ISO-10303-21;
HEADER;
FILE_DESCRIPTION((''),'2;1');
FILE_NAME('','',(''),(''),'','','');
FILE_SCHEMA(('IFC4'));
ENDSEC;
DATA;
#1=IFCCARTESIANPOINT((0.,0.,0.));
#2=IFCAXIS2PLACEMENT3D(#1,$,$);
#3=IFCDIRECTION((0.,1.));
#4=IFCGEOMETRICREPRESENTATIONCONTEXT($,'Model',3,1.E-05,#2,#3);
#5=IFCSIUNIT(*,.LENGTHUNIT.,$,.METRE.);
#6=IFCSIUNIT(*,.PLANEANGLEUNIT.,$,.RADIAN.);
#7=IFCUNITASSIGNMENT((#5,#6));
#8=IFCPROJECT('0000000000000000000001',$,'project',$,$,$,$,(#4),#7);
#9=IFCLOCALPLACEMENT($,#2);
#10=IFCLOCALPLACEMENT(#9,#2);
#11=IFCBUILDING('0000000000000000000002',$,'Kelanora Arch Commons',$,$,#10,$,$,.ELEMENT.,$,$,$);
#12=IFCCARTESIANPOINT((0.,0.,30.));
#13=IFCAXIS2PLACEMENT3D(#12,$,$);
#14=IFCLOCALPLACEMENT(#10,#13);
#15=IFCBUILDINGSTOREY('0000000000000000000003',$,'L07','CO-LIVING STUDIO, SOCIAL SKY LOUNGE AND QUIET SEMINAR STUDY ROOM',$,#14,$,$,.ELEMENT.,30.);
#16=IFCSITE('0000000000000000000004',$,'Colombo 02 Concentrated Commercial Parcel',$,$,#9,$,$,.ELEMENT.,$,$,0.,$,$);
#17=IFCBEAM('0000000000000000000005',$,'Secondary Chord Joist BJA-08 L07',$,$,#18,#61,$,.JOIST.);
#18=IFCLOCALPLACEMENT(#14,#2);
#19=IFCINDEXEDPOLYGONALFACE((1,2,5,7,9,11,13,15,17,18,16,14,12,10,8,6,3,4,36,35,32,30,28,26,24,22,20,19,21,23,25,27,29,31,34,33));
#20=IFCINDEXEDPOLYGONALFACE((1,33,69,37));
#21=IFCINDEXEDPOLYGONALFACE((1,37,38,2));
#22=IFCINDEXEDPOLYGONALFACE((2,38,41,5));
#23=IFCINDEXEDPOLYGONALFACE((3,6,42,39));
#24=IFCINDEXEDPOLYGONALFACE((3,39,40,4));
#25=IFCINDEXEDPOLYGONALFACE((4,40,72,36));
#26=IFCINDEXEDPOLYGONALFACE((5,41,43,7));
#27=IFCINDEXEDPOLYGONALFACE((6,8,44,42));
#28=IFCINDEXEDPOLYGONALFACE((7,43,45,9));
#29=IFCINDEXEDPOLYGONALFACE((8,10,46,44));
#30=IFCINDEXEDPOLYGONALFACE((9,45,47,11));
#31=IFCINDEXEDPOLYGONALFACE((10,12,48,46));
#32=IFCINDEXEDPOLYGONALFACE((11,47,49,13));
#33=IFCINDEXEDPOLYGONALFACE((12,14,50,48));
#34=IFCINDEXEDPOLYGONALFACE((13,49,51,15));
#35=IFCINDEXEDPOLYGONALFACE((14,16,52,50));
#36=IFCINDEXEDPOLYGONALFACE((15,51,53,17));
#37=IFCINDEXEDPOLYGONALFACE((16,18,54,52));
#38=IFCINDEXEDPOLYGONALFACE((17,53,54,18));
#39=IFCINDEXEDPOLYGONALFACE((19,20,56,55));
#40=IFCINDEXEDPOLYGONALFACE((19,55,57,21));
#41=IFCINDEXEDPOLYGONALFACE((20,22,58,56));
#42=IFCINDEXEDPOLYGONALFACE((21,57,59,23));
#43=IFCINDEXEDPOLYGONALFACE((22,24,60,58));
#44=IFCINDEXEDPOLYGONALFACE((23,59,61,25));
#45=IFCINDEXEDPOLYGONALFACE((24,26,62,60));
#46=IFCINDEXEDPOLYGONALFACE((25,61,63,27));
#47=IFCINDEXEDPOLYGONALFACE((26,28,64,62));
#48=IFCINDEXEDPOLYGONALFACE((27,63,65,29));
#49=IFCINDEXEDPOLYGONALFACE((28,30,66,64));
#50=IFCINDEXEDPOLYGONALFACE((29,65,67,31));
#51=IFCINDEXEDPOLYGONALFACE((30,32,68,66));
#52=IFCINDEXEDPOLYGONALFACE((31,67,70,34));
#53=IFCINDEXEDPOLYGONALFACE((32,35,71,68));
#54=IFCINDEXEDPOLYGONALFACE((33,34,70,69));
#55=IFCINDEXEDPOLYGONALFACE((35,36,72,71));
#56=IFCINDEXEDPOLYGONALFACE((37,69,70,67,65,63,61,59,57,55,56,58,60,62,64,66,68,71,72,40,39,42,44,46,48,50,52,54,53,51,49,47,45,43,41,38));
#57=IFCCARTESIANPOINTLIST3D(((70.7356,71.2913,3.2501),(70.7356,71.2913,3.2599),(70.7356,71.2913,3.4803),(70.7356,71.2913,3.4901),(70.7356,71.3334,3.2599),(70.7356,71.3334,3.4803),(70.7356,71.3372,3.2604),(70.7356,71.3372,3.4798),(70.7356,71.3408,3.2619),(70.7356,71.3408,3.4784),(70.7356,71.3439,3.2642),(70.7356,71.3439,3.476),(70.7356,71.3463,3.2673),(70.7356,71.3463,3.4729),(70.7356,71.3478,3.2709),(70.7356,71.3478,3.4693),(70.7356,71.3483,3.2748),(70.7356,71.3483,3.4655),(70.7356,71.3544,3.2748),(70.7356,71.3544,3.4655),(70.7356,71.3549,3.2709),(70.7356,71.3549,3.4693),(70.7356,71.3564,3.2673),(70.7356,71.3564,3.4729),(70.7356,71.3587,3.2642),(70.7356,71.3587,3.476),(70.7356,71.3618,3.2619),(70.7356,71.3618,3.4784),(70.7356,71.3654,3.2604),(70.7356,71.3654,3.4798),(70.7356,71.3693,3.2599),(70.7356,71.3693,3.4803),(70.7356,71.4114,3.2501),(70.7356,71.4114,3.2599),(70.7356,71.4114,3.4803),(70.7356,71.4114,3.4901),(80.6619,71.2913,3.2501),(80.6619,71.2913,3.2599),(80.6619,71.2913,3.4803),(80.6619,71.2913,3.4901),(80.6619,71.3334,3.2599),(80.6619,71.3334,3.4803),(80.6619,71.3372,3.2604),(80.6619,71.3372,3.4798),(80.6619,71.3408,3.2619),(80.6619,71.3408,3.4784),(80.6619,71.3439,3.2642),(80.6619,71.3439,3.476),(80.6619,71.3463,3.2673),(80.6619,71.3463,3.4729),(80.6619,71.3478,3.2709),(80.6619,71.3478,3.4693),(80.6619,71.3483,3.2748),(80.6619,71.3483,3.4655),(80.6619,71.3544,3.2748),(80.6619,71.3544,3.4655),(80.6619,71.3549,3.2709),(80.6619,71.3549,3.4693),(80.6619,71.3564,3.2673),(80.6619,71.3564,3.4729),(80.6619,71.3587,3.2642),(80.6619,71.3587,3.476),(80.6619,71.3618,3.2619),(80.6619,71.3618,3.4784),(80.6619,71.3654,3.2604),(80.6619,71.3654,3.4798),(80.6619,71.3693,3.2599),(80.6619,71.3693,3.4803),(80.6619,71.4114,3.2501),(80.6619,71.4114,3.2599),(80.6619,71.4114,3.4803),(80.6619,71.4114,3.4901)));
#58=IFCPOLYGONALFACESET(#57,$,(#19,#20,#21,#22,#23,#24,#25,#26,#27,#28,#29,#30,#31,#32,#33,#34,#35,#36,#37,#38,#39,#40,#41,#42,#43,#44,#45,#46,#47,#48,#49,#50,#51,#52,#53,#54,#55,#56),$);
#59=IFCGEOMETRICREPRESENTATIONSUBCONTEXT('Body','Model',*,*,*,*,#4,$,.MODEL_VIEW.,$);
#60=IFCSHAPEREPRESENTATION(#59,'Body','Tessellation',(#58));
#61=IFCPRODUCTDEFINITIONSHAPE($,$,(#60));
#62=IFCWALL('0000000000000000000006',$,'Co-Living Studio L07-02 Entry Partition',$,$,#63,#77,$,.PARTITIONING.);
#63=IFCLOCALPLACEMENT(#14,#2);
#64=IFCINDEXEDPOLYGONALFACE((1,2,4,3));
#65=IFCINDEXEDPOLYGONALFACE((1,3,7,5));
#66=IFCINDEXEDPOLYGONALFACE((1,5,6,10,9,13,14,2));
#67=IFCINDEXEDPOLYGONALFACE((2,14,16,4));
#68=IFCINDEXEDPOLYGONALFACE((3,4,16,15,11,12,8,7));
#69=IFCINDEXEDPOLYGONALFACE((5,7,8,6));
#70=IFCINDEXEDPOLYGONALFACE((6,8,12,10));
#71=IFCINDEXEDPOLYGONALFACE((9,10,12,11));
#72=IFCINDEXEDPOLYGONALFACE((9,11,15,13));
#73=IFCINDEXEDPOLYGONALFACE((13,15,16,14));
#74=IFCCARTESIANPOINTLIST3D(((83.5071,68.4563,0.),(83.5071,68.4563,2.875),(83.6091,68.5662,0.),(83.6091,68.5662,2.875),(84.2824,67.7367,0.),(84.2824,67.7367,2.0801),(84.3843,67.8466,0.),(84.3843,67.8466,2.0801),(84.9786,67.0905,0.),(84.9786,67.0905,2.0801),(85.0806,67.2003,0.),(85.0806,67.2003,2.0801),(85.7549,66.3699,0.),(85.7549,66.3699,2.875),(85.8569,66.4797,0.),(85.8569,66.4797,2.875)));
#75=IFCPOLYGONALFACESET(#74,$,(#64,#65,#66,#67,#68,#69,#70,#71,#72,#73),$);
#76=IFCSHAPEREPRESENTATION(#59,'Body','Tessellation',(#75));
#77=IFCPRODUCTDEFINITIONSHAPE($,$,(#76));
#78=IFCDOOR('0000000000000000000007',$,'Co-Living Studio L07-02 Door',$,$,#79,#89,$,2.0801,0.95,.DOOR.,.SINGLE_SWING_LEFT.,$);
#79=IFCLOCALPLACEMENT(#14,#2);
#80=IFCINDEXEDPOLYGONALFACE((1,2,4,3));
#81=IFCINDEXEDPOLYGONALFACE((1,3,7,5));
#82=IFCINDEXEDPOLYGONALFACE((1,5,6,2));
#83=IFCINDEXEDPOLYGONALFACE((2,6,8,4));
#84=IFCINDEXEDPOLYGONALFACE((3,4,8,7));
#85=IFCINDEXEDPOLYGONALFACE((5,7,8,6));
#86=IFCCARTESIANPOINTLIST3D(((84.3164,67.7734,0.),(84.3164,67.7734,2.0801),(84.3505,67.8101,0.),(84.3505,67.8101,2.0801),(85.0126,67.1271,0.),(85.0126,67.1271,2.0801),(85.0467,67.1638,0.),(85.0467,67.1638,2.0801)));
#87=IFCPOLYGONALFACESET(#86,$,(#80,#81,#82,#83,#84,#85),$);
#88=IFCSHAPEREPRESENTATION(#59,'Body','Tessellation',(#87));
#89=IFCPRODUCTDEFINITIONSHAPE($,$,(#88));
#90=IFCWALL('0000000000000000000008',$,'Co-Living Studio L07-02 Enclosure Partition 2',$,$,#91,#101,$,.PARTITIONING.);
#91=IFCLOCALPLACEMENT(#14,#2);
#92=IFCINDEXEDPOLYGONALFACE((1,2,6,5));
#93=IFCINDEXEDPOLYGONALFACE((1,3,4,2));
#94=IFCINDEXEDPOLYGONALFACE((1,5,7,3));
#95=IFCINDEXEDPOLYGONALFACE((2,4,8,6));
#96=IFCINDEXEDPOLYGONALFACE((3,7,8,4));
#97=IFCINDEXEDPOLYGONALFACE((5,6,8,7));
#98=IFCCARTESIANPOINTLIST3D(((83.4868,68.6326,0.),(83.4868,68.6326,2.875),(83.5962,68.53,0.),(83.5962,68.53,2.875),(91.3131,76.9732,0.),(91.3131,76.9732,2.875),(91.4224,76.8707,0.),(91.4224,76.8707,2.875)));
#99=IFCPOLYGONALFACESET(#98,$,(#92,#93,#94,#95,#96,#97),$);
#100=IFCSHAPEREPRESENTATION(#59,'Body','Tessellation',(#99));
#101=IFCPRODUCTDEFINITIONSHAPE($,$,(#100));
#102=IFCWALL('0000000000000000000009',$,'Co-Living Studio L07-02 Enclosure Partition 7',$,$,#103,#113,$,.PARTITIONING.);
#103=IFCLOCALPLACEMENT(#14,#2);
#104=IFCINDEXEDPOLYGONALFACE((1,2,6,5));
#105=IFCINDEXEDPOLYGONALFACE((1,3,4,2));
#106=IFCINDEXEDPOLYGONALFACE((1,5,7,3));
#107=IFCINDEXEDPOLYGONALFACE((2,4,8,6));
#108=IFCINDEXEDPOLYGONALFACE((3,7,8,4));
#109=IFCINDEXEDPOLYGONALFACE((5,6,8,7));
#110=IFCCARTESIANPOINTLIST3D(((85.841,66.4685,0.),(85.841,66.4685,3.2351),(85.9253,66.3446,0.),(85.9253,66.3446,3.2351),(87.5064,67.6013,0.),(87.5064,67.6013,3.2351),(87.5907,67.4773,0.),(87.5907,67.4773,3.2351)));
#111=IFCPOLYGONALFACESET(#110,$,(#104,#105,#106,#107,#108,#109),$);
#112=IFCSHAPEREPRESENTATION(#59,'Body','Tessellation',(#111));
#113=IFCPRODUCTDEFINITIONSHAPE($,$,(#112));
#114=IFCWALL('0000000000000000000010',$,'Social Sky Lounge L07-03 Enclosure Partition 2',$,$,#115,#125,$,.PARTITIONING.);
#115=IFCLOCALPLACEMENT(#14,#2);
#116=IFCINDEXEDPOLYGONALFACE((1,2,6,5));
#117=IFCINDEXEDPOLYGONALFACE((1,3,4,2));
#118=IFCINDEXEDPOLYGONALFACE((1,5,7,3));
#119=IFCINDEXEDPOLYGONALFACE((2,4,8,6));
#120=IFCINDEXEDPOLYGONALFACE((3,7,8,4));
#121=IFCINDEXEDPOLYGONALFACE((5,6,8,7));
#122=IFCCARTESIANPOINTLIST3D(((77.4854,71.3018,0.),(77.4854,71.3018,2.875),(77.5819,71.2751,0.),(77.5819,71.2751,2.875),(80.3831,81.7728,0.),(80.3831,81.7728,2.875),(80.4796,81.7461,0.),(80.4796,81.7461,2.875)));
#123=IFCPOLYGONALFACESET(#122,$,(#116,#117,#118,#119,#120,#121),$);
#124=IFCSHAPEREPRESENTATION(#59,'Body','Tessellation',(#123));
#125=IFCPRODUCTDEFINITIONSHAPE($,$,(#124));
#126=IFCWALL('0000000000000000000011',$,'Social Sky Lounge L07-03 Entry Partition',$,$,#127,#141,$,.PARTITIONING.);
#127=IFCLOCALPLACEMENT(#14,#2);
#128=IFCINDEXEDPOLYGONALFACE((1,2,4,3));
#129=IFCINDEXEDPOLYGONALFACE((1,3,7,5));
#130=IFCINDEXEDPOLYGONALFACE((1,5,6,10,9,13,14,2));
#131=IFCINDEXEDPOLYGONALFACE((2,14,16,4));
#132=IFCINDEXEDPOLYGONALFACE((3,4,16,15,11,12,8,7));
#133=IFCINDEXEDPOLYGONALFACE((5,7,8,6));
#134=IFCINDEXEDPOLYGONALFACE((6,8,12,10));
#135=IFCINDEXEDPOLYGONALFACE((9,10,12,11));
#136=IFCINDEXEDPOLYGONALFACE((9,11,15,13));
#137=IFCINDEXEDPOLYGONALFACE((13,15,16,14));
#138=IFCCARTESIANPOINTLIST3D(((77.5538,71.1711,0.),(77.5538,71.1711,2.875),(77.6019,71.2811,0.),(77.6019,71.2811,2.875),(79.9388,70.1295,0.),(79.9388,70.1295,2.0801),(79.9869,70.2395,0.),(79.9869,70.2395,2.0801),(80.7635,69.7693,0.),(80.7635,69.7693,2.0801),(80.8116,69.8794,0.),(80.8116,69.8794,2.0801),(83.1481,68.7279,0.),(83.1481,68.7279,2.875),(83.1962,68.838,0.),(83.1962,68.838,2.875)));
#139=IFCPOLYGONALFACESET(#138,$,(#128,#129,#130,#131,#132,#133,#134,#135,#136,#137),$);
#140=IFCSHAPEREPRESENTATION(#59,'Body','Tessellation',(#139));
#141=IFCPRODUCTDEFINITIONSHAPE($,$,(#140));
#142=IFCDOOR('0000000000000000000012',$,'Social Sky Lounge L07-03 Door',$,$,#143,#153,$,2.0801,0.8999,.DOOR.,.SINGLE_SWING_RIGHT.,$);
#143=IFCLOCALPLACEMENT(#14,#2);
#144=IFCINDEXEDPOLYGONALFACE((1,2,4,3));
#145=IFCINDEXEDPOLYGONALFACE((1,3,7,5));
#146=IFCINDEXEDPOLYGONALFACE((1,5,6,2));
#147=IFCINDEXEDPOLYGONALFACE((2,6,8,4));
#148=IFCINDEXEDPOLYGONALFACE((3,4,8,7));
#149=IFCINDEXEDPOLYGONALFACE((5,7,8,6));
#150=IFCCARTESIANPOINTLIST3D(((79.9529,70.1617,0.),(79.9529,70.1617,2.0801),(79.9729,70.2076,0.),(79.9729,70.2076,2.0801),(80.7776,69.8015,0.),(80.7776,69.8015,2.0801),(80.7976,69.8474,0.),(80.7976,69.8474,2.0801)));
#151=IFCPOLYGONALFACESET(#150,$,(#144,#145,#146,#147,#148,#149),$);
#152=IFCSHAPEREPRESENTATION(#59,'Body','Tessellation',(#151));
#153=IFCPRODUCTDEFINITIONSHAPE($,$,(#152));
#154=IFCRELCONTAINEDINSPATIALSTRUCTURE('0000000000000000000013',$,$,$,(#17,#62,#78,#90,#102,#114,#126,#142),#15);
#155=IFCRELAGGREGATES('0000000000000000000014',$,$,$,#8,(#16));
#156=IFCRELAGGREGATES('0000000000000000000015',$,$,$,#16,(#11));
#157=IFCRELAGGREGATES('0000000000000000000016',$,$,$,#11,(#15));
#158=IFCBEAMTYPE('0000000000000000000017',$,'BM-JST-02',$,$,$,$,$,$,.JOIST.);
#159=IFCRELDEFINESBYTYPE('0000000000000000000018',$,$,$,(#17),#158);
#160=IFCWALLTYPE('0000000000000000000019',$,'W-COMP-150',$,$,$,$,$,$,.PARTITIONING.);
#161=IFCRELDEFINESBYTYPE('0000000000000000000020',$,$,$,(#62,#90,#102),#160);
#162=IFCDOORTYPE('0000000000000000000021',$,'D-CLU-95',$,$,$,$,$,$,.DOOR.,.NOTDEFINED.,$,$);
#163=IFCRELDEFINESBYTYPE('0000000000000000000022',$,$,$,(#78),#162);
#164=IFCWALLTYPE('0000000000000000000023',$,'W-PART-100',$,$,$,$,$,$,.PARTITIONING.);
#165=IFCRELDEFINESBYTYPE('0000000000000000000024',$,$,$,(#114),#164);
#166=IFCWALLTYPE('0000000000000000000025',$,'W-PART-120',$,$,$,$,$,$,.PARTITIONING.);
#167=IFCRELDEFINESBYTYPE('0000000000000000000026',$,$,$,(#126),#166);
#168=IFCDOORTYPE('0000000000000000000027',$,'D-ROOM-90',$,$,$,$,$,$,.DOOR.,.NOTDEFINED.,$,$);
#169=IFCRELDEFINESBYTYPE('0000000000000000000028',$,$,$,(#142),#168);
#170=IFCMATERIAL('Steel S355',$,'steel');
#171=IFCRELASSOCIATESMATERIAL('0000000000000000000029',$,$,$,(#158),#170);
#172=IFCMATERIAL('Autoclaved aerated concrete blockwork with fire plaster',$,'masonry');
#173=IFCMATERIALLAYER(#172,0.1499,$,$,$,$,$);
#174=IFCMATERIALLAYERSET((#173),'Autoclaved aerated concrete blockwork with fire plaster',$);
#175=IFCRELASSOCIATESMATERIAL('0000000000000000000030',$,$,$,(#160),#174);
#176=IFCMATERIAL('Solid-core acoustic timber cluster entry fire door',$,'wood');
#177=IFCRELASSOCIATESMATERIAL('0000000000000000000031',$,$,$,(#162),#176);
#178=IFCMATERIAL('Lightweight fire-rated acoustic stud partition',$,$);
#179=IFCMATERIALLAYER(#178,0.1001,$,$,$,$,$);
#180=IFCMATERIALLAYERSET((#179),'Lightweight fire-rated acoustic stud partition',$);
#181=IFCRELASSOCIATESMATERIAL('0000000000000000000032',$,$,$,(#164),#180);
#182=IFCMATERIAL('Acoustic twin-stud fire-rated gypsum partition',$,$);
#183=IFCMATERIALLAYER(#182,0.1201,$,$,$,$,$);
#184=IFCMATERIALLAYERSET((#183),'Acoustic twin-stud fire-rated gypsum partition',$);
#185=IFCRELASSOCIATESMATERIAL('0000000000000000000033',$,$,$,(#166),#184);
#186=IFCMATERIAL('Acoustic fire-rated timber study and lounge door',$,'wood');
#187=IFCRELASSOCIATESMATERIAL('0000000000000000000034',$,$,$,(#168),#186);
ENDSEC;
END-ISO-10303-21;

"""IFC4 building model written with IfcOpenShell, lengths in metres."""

from ifc_helpers import new_model, si_unit, direction, frame, frame_2d, origin, origin_2d, place, context, subcontext, project, spatial, rectangle, i_section, extrude, material, layer, layer_set, material_profile, profile_set, type_object, element, fill, save


model = new_model("IFC4")

# Units and contexts
model_context = context("Model", 3, precision=1e-05, world=origin(), true_north=direction((0.0, 1.0)))
body_context = subcontext(model_context, "Body", "Model", "MODEL_VIEW")
ifc_project = project(units=[si_unit("LENGTHUNIT", "METRE"), si_unit("PLANEANGLEUNIT", "RADIAN")], contexts=[model_context])

# Site, building, storey
site_placement = place(None, origin())
site = spatial("IfcSite", under=ifc_project, at=site_placement, Name="Colombo 02 Concentrated Commercial Parcel", CompositionType="ELEMENT", RefElevation=0.0)
building_placement = place(site_placement, origin())
building = spatial("IfcBuilding", under=site, at=building_placement, Name="Kelanora Arch Commons", CompositionType="ELEMENT")
storey_placement = place(building_placement, frame((0.0, 0.0, 30.0)))
storey = spatial("IfcBuildingStorey", under=building, at=storey_placement, Name="L07", Description="CO-LIVING STUDIO, SOCIAL SKY LOUNGE AND QUIET SEMINAR STUDY ROOM", CompositionType="ELEMENT", Elevation=30.0)

# Beam
ifc_material_1 = material(Name="Steel S355", Category="steel")
ifc_material_profile_1 = material_profile(ifc_material_1, i_section(OverallWidth=0.1201, OverallDepth=0.24, WebThickness=0.0061, FlangeThickness=0.0098, FilletRadius=0.0149, at=origin_2d()), Name="IPE240")
ifc_profile_set_1 = profile_set([ifc_material_profile_1], Name="Steel S355")
beam_type_1 = type_object("IfcBeamType", Name="BM-JST-02", PredefinedType="JOIST", material=ifc_profile_set_1)
beam_1_placement = place(storey_placement, frame((80.6619, 71.3513, 3.3701), z_axis=(-1.0, 0.0, 0.0), x_axis=(0.0, -1.0, 0.0)))
element("IfcBeam", 1, at=beam_1_placement, inside=storey, type_object=beam_type_1, Name="Secondary Chord Joist BJA-08 L07", PredefinedType="JOIST", context=body_context, shape_type="SweptSolid", body=[
    extrude(i_section(OverallWidth=0.1201, OverallDepth=0.24, WebThickness=0.0061, FlangeThickness=0.0098, FilletRadius=0.0149, at=origin_2d()), origin(), (0.0, 0.0, 1.0), 9.9263),
])

# Wall, opening, door
ifc_material_2 = material(Name="Autoclaved aerated concrete blockwork with fire plaster", Category="masonry")
ifc_layer_1 = layer(ifc_material_2, 0.1499)
ifc_layer_set_1 = layer_set([ifc_layer_1], Name="Autoclaved aerated concrete blockwork with fire plaster")
wall_type_1 = type_object("IfcWallType", Name="W-COMP-150", PredefinedType="PARTITIONING", material=ifc_layer_set_1)
wall_1_placement = place(storey_placement, frame((85.8059, 66.4248, 0.0), z_axis=(0.0, 0.0, 1.0), x_axis=(-0.732927, 0.680308, 0.0)))
wall_1 = element("IfcWall", 2, at=wall_1_placement, inside=storey, type_object=wall_type_1, Name="Co-Living Studio L07-02 Entry Partition", PredefinedType="PARTITIONING", context=body_context, shape_type="SweptSolid", body=[
    extrude(rectangle(XDim=3.0669, YDim=0.1499, at=frame_2d((1.5334, 0.0))), origin(), (0.0, 0.0, 1.0), 2.875),
])
opening_1_placement = place(wall_1_placement, frame((1.0591, 0.0, 0.0)))
opening_1 = element("IfcOpeningElement", 3, at=opening_1_placement, cuts=wall_1, PredefinedType="OPENING", context=body_context, shape_type="SweptSolid", body=[
    extrude(rectangle(XDim=0.95, YDim=2.0801, at=frame_2d((0.4751, 1.04))), frame((0.0, 0.085, 0.0), z_axis=(0.0, -1.0, 0.0), x_axis=(1.0, 0.0, 0.0)), (0.0, 0.0, 1.0), 0.1699),
])
ifc_material_3 = material(Name="Solid-core acoustic timber cluster entry fire door", Category="wood")
door_type_1 = type_object("IfcDoorType", Name="D-CLU-95", OperationType="NOTDEFINED", PredefinedType="DOOR", material=ifc_material_3)
door_1_placement = place(opening_1_placement, origin())
door_1 = element("IfcDoor", 4, at=door_1_placement, inside=storey, type_object=door_type_1, Name="Co-Living Studio L07-02 Door", OperationType="SINGLE_SWING_LEFT", OverallHeight=2.0801, OverallWidth=0.95, PredefinedType="DOOR", context=body_context, shape_type="SweptSolid", body=[
    extrude(rectangle(XDim=0.95, YDim=2.0801, at=frame_2d((0.4751, 1.04))), frame((0.0, 0.0249, 0.0), z_axis=(0.0, -1.0, 0.0), x_axis=(1.0, 0.0, 0.0)), (0.0, 0.0, 1.0), 0.05),
])
fill(opening_1, door_1)

# Walls
wall_2_placement = place(storey_placement, frame((83.5415, 68.5813, 0.0), z_axis=(0.0, 0.0, 1.0), x_axis=(0.684261, 0.729237, 0.0)))
element("IfcWall", 5, at=wall_2_placement, inside=storey, type_object=wall_type_1, Name="Co-Living Studio L07-02 Enclosure Partition 2", PredefinedType="PARTITIONING", context=body_context, shape_type="SweptSolid", body=[
    extrude(rectangle(XDim=11.4375, YDim=0.1499, at=frame_2d((5.7188, 0.0))), origin(), (0.0, 0.0, 1.0), 2.875),
])
wall_3_placement = place(storey_placement, frame((87.5486, 67.5393, 0.0), z_axis=(0.0, 0.0, 1.0), x_axis=(-0.826868, -0.562396, 0.0)))
element("IfcWall", 6, at=wall_3_placement, inside=storey, type_object=wall_type_1, Name="Co-Living Studio L07-02 Enclosure Partition 7", PredefinedType="PARTITIONING", context=body_context, shape_type="SweptSolid", body=[
    extrude(rectangle(XDim=2.0142, YDim=0.1499, at=frame_2d((1.0071, 0.0))), origin(), (0.0, 0.0, 1.0), 3.2351),
])
ifc_material_4 = material(Name="Lightweight fire-rated acoustic stud partition")
ifc_layer_2 = layer(ifc_material_4, 0.1001)
ifc_layer_set_2 = layer_set([ifc_layer_2], Name="Lightweight fire-rated acoustic stud partition")
wall_type_2 = type_object("IfcWallType", Name="W-PART-100", PredefinedType="PARTITIONING", material=ifc_layer_set_2)
wall_4_placement = place(storey_placement, frame((77.5337, 71.2886, 0.0), z_axis=(0.0, 0.0, 1.0), x_axis=(0.266713, 0.963776, 0.0)))
element("IfcWall", 7, at=wall_4_placement, inside=storey, type_object=wall_type_2, Name="Social Sky Lounge L07-03 Enclosure Partition 2", PredefinedType="PARTITIONING", context=body_context, shape_type="SweptSolid", body=[
    extrude(rectangle(XDim=10.8645, YDim=0.1001, at=frame_2d((5.4321, 0.0))), origin(), (0.0, 0.0, 1.0), 2.875),
])

# Wall, opening, door
ifc_material_5 = material(Name="Acoustic twin-stud fire-rated gypsum partition")
ifc_layer_3 = layer(ifc_material_5, 0.1201)
ifc_layer_set_3 = layer_set([ifc_layer_3], Name="Acoustic twin-stud fire-rated gypsum partition")
wall_type_3 = type_object("IfcWallType", Name="W-PART-120", PredefinedType="PARTITIONING", material=ifc_layer_set_3)
wall_5_placement = place(storey_placement, frame((83.1721, 68.783, 0.0), z_axis=(0.0, 0.0, 1.0), x_axis=(-0.91642, 0.400219, 0.0)))
wall_5 = element("IfcWall", 8, at=wall_5_placement, inside=storey, type_object=wall_type_3, Name="Social Sky Lounge L07-03 Entry Partition", PredefinedType="PARTITIONING", context=body_context, shape_type="SweptSolid", body=[
    extrude(rectangle(XDim=6.1045, YDim=0.1201, at=frame_2d((3.0522, 0.0))), origin(), (0.0, 0.0, 1.0), 2.875),
])
opening_2_placement = place(wall_5_placement, frame((2.6021, 0.0, 0.0)))
opening_2 = element("IfcOpeningElement", 9, at=opening_2_placement, cuts=wall_5, PredefinedType="OPENING", context=body_context, shape_type="SweptSolid", body=[
    extrude(rectangle(XDim=0.8999, YDim=2.0801, at=frame_2d((0.45, 1.04))), frame((0.0, 0.0701, 0.0), z_axis=(0.0, -1.0, 0.0), x_axis=(1.0, 0.0, 0.0)), (0.0, 0.0, 1.0), 0.1401),
])
ifc_material_6 = material(Name="Acoustic fire-rated timber study and lounge door", Category="wood")
door_type_2 = type_object("IfcDoorType", Name="D-ROOM-90", OperationType="NOTDEFINED", PredefinedType="DOOR", material=ifc_material_6)
door_2_placement = place(opening_2_placement, origin())
door_2 = element("IfcDoor", 10, at=door_2_placement, inside=storey, type_object=door_type_2, Name="Social Sky Lounge L07-03 Door", OperationType="SINGLE_SWING_RIGHT", OverallHeight=2.0801, OverallWidth=0.8999, PredefinedType="DOOR", context=body_context, shape_type="SweptSolid", body=[
    extrude(rectangle(XDim=0.8999, YDim=2.0801, at=frame_2d((0.45, 1.04))), frame((0.0, 0.0249, 0.0), z_axis=(0.0, -1.0, 0.0), x_axis=(1.0, 0.0, 0.0)), (0.0, 0.0, 1.0), 0.05),
])
fill(opening_2, door_2)

save(model, "model.ifc")
